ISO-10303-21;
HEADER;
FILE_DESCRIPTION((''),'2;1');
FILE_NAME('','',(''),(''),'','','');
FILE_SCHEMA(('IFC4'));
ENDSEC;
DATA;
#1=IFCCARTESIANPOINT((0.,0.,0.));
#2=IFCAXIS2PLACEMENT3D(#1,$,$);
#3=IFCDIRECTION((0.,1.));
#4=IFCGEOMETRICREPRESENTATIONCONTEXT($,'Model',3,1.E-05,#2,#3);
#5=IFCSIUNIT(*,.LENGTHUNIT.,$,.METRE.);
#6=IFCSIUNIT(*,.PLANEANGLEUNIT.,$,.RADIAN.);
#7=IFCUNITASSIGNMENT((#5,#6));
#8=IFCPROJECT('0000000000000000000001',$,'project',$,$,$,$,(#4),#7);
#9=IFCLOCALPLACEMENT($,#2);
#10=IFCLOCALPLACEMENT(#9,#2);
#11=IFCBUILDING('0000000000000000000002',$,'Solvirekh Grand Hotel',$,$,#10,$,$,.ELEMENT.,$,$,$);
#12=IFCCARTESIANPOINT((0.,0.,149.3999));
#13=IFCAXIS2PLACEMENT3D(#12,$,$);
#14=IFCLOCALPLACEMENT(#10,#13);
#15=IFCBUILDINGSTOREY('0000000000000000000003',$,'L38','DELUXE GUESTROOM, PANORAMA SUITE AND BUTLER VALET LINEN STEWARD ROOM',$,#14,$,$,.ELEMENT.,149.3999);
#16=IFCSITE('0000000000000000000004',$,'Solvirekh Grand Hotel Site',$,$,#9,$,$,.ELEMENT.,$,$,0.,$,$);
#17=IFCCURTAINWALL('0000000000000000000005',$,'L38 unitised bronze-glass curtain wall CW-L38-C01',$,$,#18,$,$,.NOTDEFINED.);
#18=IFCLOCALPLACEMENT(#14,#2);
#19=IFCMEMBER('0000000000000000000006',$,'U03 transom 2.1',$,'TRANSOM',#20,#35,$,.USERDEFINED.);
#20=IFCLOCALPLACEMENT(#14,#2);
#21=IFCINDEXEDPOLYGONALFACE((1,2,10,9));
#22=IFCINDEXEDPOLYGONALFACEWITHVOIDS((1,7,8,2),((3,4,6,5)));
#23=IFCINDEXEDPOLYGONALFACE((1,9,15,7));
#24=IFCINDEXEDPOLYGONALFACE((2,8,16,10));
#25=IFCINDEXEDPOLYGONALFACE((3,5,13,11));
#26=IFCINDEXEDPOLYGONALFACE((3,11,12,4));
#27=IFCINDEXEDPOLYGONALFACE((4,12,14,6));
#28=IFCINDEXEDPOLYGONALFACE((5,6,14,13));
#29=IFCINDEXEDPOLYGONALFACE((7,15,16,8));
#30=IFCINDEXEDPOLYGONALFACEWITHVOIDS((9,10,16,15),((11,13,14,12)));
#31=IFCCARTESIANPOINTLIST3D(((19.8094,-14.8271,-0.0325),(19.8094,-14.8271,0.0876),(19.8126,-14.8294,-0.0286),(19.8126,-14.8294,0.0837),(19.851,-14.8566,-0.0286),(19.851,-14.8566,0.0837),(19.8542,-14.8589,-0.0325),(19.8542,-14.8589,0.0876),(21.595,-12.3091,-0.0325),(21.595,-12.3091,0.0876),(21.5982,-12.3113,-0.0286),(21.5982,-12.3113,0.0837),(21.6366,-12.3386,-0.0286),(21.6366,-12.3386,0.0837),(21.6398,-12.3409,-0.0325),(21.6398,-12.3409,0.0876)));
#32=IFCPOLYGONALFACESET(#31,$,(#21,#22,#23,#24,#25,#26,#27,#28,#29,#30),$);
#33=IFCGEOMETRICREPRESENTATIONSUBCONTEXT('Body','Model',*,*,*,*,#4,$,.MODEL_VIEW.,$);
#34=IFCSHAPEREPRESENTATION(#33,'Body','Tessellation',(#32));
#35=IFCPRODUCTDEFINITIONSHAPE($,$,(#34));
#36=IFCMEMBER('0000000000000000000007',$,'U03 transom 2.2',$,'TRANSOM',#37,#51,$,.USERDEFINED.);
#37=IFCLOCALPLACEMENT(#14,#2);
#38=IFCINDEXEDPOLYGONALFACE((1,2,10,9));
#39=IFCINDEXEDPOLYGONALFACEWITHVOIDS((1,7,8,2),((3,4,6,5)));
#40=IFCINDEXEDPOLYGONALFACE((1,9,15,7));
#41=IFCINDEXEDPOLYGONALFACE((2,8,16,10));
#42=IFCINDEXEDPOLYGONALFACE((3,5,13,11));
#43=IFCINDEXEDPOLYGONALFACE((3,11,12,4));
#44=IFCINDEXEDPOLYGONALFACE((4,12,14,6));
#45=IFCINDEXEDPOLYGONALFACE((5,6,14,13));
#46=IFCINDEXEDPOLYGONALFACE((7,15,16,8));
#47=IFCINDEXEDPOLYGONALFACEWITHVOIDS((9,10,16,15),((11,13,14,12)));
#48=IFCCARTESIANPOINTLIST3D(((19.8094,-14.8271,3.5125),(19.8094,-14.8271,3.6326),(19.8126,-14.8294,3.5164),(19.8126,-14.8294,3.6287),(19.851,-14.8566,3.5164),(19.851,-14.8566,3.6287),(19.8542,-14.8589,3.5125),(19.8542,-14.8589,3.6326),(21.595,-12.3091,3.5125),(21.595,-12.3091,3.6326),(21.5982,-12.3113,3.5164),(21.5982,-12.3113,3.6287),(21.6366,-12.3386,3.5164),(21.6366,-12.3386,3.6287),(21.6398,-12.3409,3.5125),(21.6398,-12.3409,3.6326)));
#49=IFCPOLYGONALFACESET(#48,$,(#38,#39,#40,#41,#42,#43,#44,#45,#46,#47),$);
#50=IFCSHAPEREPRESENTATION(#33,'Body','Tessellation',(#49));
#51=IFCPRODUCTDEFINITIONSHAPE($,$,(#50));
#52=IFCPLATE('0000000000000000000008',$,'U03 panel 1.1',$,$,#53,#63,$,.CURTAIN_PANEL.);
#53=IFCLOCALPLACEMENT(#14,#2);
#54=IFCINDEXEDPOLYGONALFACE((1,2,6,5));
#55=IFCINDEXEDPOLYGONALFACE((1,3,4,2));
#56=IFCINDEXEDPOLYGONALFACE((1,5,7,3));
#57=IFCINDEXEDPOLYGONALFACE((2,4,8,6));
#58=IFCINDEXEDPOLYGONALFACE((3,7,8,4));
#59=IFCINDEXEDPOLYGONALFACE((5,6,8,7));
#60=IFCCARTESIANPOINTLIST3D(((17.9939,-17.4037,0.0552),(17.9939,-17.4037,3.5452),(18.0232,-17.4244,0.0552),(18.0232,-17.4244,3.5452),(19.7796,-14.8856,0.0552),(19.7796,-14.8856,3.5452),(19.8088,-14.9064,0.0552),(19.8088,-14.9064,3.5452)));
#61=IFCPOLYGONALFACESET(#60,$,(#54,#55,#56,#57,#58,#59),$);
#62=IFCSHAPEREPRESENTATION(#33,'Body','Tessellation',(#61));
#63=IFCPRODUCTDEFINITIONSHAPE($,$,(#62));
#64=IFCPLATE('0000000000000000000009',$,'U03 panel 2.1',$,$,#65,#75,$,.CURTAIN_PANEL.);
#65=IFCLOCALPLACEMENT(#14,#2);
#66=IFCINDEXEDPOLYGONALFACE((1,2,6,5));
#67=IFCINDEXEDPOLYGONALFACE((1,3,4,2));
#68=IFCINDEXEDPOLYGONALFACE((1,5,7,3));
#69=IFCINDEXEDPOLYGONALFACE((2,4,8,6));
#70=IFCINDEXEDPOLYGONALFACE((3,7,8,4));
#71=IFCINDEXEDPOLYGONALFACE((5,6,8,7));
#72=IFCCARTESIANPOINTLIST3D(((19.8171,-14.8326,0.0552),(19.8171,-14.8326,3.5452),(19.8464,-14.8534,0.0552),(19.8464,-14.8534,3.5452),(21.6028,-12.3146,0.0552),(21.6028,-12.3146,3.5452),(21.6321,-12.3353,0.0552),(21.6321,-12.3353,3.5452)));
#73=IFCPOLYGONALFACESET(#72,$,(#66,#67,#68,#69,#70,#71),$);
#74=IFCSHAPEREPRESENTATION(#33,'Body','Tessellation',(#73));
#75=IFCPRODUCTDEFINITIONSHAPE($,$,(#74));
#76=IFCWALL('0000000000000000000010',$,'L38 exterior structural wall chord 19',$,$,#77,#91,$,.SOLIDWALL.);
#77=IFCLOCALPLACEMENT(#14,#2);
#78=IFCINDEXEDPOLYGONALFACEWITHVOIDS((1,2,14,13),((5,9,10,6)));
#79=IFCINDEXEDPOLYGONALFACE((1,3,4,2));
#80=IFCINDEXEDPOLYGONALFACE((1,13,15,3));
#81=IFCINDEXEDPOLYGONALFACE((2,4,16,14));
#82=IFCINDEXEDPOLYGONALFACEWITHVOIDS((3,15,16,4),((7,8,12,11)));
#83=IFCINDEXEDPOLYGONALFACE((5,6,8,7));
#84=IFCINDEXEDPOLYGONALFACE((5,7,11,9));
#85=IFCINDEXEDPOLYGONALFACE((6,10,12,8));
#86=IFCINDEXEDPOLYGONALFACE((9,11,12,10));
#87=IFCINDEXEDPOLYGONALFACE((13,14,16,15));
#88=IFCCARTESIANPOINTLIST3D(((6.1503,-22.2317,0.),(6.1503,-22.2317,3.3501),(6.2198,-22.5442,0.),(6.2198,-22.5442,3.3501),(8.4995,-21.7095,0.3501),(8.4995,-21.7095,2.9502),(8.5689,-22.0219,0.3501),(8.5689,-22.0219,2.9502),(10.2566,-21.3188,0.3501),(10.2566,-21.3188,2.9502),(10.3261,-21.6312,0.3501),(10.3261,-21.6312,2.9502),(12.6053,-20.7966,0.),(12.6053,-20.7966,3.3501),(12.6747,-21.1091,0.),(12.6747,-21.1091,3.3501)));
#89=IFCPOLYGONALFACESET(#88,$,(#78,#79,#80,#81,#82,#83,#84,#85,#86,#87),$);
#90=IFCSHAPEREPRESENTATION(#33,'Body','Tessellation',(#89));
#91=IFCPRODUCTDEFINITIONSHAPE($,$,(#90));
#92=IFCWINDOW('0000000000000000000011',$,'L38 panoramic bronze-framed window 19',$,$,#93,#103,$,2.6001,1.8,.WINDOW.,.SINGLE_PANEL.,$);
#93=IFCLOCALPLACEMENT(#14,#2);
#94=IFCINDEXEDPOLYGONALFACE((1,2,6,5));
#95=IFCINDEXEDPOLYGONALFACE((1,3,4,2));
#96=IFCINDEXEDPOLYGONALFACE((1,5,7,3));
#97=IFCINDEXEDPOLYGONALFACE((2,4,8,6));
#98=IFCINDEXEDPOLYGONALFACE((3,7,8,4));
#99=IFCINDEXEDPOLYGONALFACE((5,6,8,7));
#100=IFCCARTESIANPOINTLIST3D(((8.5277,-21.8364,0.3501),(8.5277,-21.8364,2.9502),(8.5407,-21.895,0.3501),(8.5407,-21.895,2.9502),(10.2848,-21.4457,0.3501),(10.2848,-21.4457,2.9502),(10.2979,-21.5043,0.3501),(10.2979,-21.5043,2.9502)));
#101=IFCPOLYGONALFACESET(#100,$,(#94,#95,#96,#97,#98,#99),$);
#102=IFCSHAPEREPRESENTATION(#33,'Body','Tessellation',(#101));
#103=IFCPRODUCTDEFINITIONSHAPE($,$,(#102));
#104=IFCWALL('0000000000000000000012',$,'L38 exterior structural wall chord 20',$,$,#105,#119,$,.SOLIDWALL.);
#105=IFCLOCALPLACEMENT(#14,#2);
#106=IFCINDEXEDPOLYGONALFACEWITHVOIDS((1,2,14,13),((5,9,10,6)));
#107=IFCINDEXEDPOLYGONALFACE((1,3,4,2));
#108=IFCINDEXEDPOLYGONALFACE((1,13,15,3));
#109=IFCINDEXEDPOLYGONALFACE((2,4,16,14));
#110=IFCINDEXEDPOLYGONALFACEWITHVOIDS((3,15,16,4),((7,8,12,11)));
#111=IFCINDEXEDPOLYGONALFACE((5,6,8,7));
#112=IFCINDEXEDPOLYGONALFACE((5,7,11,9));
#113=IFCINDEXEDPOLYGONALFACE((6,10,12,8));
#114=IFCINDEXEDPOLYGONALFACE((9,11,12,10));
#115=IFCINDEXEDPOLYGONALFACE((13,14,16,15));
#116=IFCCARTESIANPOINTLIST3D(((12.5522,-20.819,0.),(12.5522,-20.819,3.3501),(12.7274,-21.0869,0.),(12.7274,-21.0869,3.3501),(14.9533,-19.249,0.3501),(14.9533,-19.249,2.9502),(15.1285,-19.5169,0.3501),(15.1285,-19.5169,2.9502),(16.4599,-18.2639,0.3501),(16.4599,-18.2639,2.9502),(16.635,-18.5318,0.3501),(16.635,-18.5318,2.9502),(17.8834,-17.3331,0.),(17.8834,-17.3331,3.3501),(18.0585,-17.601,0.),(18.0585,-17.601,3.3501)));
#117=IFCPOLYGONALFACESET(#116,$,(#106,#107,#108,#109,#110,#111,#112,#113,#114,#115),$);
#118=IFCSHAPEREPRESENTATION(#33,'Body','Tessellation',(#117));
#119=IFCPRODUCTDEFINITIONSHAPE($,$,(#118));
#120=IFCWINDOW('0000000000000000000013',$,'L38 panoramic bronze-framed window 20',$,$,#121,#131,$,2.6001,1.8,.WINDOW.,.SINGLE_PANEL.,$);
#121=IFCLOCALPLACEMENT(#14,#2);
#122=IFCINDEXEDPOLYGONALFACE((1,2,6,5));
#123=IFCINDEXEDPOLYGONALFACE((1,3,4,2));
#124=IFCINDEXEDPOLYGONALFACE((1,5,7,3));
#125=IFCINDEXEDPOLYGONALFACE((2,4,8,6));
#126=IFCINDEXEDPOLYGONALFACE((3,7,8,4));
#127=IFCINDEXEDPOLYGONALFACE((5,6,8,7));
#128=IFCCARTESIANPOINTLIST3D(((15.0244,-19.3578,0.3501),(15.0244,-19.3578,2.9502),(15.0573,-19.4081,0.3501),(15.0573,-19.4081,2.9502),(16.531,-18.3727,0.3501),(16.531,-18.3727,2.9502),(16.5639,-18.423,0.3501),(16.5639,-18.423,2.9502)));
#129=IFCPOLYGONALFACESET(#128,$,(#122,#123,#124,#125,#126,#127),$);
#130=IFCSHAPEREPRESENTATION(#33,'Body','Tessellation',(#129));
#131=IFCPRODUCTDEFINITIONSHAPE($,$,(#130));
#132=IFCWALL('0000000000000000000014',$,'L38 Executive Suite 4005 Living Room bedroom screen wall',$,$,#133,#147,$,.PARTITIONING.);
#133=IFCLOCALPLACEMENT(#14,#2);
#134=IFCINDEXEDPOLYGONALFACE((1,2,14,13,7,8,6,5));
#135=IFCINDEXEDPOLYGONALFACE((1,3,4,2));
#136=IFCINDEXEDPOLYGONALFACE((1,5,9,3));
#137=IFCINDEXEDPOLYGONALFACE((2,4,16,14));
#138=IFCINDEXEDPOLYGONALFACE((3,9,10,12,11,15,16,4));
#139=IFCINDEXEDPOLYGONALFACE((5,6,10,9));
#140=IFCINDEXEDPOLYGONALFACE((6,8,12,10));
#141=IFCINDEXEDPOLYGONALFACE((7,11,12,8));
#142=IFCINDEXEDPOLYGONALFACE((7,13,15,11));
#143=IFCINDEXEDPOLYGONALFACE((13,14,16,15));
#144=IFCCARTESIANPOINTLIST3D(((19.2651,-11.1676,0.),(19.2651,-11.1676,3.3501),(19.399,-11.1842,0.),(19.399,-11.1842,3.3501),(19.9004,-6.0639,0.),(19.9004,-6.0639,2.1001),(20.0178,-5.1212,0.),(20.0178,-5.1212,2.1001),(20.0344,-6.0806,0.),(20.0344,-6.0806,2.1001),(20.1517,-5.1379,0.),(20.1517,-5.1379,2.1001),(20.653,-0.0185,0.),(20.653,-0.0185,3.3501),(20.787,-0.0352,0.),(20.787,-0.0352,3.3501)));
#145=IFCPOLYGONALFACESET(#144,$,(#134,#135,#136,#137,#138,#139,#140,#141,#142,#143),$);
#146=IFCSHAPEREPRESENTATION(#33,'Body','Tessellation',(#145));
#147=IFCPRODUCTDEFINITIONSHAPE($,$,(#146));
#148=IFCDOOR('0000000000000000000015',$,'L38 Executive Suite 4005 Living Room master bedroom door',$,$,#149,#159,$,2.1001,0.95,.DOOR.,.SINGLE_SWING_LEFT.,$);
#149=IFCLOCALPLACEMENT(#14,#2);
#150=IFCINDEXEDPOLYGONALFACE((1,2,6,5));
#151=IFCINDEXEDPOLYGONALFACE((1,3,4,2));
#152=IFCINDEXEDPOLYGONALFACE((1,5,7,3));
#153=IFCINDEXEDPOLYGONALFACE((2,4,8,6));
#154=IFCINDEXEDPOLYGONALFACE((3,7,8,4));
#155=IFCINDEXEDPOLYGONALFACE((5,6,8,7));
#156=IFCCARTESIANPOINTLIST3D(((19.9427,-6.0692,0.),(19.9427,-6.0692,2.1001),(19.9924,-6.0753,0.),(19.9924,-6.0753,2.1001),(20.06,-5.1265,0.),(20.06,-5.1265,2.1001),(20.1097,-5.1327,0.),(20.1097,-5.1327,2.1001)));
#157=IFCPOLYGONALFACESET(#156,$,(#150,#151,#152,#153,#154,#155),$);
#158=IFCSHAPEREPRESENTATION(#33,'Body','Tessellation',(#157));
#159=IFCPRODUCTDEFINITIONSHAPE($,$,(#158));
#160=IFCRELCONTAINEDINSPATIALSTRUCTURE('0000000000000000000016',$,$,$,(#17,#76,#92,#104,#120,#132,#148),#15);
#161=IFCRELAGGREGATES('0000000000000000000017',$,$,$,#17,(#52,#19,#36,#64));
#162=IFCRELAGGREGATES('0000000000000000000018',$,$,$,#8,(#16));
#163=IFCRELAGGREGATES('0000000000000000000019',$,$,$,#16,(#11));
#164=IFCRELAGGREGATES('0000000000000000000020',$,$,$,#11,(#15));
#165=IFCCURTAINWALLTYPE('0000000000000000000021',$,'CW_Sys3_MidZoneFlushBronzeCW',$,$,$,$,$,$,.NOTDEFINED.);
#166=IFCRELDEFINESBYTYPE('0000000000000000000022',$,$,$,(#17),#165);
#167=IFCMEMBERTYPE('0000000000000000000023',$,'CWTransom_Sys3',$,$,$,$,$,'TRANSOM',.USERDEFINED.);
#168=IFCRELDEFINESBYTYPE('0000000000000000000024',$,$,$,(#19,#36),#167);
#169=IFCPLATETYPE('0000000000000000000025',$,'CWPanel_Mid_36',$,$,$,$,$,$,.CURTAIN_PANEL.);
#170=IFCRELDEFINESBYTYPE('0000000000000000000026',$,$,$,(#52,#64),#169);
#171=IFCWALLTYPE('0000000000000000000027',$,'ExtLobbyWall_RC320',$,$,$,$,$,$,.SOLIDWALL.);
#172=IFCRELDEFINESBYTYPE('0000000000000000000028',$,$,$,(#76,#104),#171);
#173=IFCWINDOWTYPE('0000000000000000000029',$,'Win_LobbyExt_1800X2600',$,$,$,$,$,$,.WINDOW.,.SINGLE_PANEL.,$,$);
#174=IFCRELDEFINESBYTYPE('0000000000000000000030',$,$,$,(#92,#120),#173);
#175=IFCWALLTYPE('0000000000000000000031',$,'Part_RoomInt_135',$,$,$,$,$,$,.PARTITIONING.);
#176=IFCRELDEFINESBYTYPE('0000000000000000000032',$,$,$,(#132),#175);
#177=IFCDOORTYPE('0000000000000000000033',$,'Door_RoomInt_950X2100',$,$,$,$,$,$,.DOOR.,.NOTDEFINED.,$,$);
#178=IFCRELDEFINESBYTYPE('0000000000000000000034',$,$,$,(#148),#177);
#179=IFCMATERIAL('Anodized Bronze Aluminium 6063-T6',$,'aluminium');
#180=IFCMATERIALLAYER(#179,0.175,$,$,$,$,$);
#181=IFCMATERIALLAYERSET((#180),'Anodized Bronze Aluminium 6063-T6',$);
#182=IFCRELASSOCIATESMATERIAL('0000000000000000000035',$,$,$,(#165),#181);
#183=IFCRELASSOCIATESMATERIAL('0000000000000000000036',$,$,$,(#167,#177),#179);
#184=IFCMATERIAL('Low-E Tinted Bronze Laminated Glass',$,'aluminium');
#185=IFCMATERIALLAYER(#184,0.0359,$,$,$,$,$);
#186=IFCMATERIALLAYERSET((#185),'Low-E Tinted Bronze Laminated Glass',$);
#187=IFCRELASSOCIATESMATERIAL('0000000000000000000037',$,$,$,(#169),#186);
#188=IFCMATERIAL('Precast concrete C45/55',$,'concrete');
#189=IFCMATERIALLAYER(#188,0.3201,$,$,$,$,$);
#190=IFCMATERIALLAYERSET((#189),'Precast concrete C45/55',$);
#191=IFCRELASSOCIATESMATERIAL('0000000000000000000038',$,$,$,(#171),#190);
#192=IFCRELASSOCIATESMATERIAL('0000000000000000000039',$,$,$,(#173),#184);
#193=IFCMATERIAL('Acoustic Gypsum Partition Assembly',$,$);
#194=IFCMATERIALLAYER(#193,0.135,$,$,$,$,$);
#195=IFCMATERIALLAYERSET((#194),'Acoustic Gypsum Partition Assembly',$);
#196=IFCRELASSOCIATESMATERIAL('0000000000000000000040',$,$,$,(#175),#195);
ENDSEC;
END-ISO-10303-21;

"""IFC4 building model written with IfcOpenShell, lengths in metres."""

from ifc_helpers import new_model, si_unit, direction, frame, frame_2d, origin, origin_2d, place, context, subcontext, project, spatial, rectangle, hollow_rectangle, extrude, source, transform, mapped, material, layer, layer_set, material_profile, profile_set, type_object, element, fill, aggregate, save


model = new_model("IFC4")

# Units and contexts
model_context = context("Model", 3, precision=1e-05, world=origin(), true_north=direction((0.0, 1.0)))
body_context = subcontext(model_context, "Body", "Model", "MODEL_VIEW")
ifc_project = project(units=[si_unit("LENGTHUNIT", "METRE"), si_unit("PLANEANGLEUNIT", "RADIAN")], contexts=[model_context])

# Site, building, storey
site_placement = place(None, origin())
site = spatial("IfcSite", under=ifc_project, at=site_placement, Name="Solvirekh Grand Hotel Site", CompositionType="ELEMENT", RefElevation=0.0)
building_placement = place(site_placement, origin())
building = spatial("IfcBuilding", under=site, at=building_placement, Name="Solvirekh Grand Hotel", CompositionType="ELEMENT")
storey_placement = place(building_placement, frame((0.0, 0.0, 149.3999)))
storey = spatial("IfcBuildingStorey", under=building, at=storey_placement, Name="L38", Description="DELUXE GUESTROOM, PANORAMA SUITE AND BUTLER VALET LINEN STEWARD ROOM", CompositionType="ELEMENT", Elevation=149.3999)

# Curtain wall, members, plates
ifc_material_1 = material(Name="Anodized Bronze Aluminium 6063-T6", Category="aluminium")
ifc_layer_1 = layer(ifc_material_1, 0.175)
ifc_layer_set_1 = layer_set([ifc_layer_1], Name="Anodized Bronze Aluminium 6063-T6")
curtain_wall_type = type_object("IfcCurtainWallType", Name="CW_Sys3_MidZoneFlushBronzeCW", PredefinedType="NOTDEFINED", material=ifc_layer_set_1)
curtain_wall_placement = place(storey_placement, origin())
curtain_wall = element("IfcCurtainWall", 1, at=curtain_wall_placement, inside=storey, type_object=curtain_wall_type, Name="L38 unitised bronze-glass curtain wall CW-L38-C01", PredefinedType="NOTDEFINED")
ifc_material_profile_1 = material_profile(ifc_material_1, hollow_rectangle(XDim=0.0549, YDim=0.1201, WallThickness=0.0039, at=origin_2d()), Name="ALU RHS 120X55X4")
ifc_profile_set_1 = profile_set([ifc_material_profile_1], Name="Anodized Bronze Aluminium 6063-T6")
member_type_1 = type_object("IfcMemberType", Name="CWTransom_Sys3", ElementType="TRANSOM", PredefinedType="USERDEFINED", material=ifc_profile_set_1)
shared_shape_1 = source(origin(), body_context, "Body", "SweptSolid", [
    extrude(hollow_rectangle(XDim=0.0549, YDim=0.1201, WallThickness=0.0039, at=origin_2d()), origin(), (0.0, 0.0, 1.0), 3.0869),
])
member_1_placement = place(storey_placement, frame((19.8318, -14.843, 0.0276), z_axis=(0.578452, 0.815717, 0.0), x_axis=(-0.815717, 0.578452, 0.0)))
member_1 = element("IfcMember", 2, at=member_1_placement, type_object=member_type_1, Name="U03 transom 2.1", ObjectType="TRANSOM", PredefinedType="USERDEFINED", context=body_context, shape_type="MappedRepresentation", body=[
    mapped(shared_shape_1, transform((0.0, 0.0, 0.0), x_axis=(1.0, 0.0, 0.0), y_axis=(0.0, 1.0, 0.0), z_axis=(0.0, 0.0, 1.0), scale=1.0)),
])
member_2_placement = place(storey_placement, frame((19.8318, -14.843, 3.5725), z_axis=(0.578452, 0.815717, 0.0), x_axis=(-0.815717, 0.578452, 0.0)))
member_2 = element("IfcMember", 3, at=member_2_placement, type_object=member_type_1, Name="U03 transom 2.2", ObjectType="TRANSOM", PredefinedType="USERDEFINED", context=body_context, shape_type="MappedRepresentation", body=[
    mapped(shared_shape_1, transform((0.0, 0.0, 0.0), x_axis=(1.0, 0.0, 0.0), y_axis=(0.0, 1.0, 0.0), z_axis=(0.0, 0.0, 1.0), scale=1.0)),
])
ifc_material_2 = material(Name="Low-E Tinted Bronze Laminated Glass", Category="aluminium")
ifc_layer_2 = layer(ifc_material_2, 0.0359)
ifc_layer_set_2 = layer_set([ifc_layer_2], Name="Low-E Tinted Bronze Laminated Glass")
plate_type = type_object("IfcPlateType", Name="CWPanel_Mid_36", PredefinedType="CURTAIN_PANEL", material=ifc_layer_set_2)
shared_shape_2 = source(origin(), body_context, "Body", "SweptSolid", [
    extrude(rectangle(XDim=3.0869, YDim=0.0359, at=origin_2d()), origin(), (0.0, 0.0, 1.0), 3.49),
])
plate_1_placement = place(storey_placement, frame((18.9014, -16.155, 0.0552), z_axis=(0.0, 0.0, 1.0), x_axis=(0.578457, 0.815713, 0.0)))
plate_1 = element("IfcPlate", 4, at=plate_1_placement, type_object=plate_type, Name="U03 panel 1.1", PredefinedType="CURTAIN_PANEL", context=body_context, shape_type="MappedRepresentation", body=[
    mapped(shared_shape_2, transform((0.0, 0.0, 0.0), x_axis=(1.0, 0.0, 0.0), y_axis=(0.0, 1.0, 0.0), z_axis=(0.0, 0.0, 1.0), scale=1.0)),
])
plate_2_placement = place(storey_placement, frame((20.7246, -13.584, 0.0552), z_axis=(0.0, 0.0, 1.0), x_axis=(0.578457, 0.815713, 0.0)))
plate_2 = element("IfcPlate", 5, at=plate_2_placement, type_object=plate_type, Name="U03 panel 2.1", PredefinedType="CURTAIN_PANEL", context=body_context, shape_type="MappedRepresentation", body=[
    mapped(shared_shape_2, transform((0.0, 0.0, 0.0), x_axis=(1.0, 0.0, 0.0), y_axis=(0.0, 1.0, 0.0), z_axis=(0.0, 0.0, 1.0), scale=1.0)),
])
aggregate(curtain_wall, [plate_1, member_1, member_2, plate_2])

# Walls, openings, windows
ifc_material_3 = material(Name="Precast concrete C45/55", Category="concrete")
ifc_layer_3 = layer(ifc_material_3, 0.3201)
ifc_layer_set_3 = layer_set([ifc_layer_3], Name="Precast concrete C45/55")
wall_type_1 = type_object("IfcWallType", Name="ExtLobbyWall_RC320", PredefinedType="SOLIDWALL", material=ifc_layer_set_3)
wall_1_placement = place(storey_placement, frame((12.6399, -20.9529, 0.0), z_axis=(0.0, 0.0, 1.0), x_axis=(-0.976166, -0.217024, 0.0)))
wall_1 = element("IfcWall", 6, at=wall_1_placement, inside=storey, type_object=wall_type_1, Name="L38 exterior structural wall chord 19", PredefinedType="SOLIDWALL", context=body_context, shape_type="SweptSolid", body=[
    extrude(rectangle(XDim=6.6125, YDim=0.3201, at=frame_2d((3.3062, 0.0))), origin(), (0.0, 0.0, 1.0), 3.3501),
])
opening_1_placement = place(wall_1_placement, frame((2.406, 0.0, 0.3501)))
opening_1 = element("IfcOpeningElement", 7, at=opening_1_placement, cuts=wall_1, PredefinedType="OPENING", context=body_context, shape_type="SweptSolid", body=[
    extrude(rectangle(XDim=1.8, YDim=2.6001, at=frame_2d((0.8999, 1.3))), frame((0.0, 0.1699, 0.0), z_axis=(0.0, -1.0, 0.0), x_axis=(1.0, 0.0, 0.0)), (0.0, 0.0, 1.0), 0.3401),
])
window_type = type_object("IfcWindowType", Name="Win_LobbyExt_1800X2600", PartitioningType="SINGLE_PANEL", PredefinedType="WINDOW", material=ifc_material_2)
window_1_placement = place(opening_1_placement, origin())
window_1 = element("IfcWindow", 8, at=window_1_placement, inside=storey, type_object=window_type, Name="L38 panoramic bronze-framed window 19", OverallHeight=2.6001, OverallWidth=1.8, PartitioningType="SINGLE_PANEL", PredefinedType="WINDOW", context=body_context, shape_type="SweptSolid", body=[
    extrude(rectangle(XDim=1.8, YDim=2.6001, at=frame_2d((0.8999, 1.3))), frame((0.0, 0.03, 0.0), z_axis=(0.0, -1.0, 0.0), x_axis=(1.0, 0.0, 0.0)), (0.0, 0.0, 1.0), 0.0601),
])
fill(opening_1, window_1)
wall_2_placement = place(storey_placement, frame((17.9709, -17.467, 0.0), z_axis=(0.0, 0.0, 1.0), x_axis=(-0.836959, -0.547266, 0.0)))
wall_2 = element("IfcWall", 9, at=wall_2_placement, inside=storey, type_object=wall_type_1, Name="L38 exterior structural wall chord 20", PredefinedType="SOLIDWALL", context=body_context, shape_type="SweptSolid", body=[
    extrude(rectangle(XDim=6.3696, YDim=0.3201, at=frame_2d((3.1848, 0.0))), origin(), (0.0, 0.0, 1.0), 3.3501),
])
opening_2_placement = place(wall_2_placement, frame((1.7009, 0.0, 0.3501)))
opening_2 = element("IfcOpeningElement", 10, at=opening_2_placement, cuts=wall_2, PredefinedType="OPENING", context=body_context, shape_type="SweptSolid", body=[
    extrude(rectangle(XDim=1.8, YDim=2.6001, at=frame_2d((0.8999, 1.3))), frame((0.0, 0.1699, 0.0), z_axis=(0.0, -1.0, 0.0), x_axis=(1.0, 0.0, 0.0)), (0.0, 0.0, 1.0), 0.3401),
])
window_2_placement = place(opening_2_placement, origin())
window_2 = element("IfcWindow", 11, at=window_2_placement, inside=storey, type_object=window_type, Name="L38 panoramic bronze-framed window 20", OverallHeight=2.6001, OverallWidth=1.8, PartitioningType="SINGLE_PANEL", PredefinedType="WINDOW", context=body_context, shape_type="SweptSolid", body=[
    extrude(rectangle(XDim=1.8, YDim=2.6001, at=frame_2d((0.8999, 1.3))), frame((0.0, 0.03, 0.0), z_axis=(0.0, -1.0, 0.0), x_axis=(1.0, 0.0, 0.0)), (0.0, 0.0, 1.0), 0.0601),
])
fill(opening_2, window_2)

# Wall, opening, door
ifc_material_4 = material(Name="Acoustic Gypsum Partition Assembly")
ifc_layer_4 = layer(ifc_material_4, 0.135)
ifc_layer_set_4 = layer_set([ifc_layer_4], Name="Acoustic Gypsum Partition Assembly")
wall_type_2 = type_object("IfcWallType", Name="Part_RoomInt_135", PredefinedType="PARTITIONING", material=ifc_layer_set_4)
wall_3_placement = place(storey_placement, frame((19.332, -11.176, 0.0), z_axis=(0.0, 0.0, 1.0), x_axis=(0.123537, 0.99234, 0.0)))
wall_3 = element("IfcWall", 12, at=wall_3_placement, inside=storey, type_object=wall_type_2, Name="L38 Executive Suite 4005 Living Room bedroom screen wall", PredefinedType="PARTITIONING", context=body_context, shape_type="SweptSolid", body=[
    extrude(rectangle(XDim=11.2351, YDim=0.135, at=frame_2d((5.6177, 0.0))), origin(), (0.0, 0.0, 1.0), 3.3501),
])
opening_3_placement = place(wall_3_placement, frame((5.1431, 0.0, 0.0)))
opening_3 = element("IfcOpeningElement", 13, at=opening_3_placement, cuts=wall_3, PredefinedType="OPENING", context=body_context, shape_type="SweptSolid", body=[
    extrude(rectangle(XDim=0.95, YDim=2.1001, at=frame_2d((0.4751, 1.05))), frame((0.0, 0.0776, 0.0), z_axis=(0.0, -1.0, 0.0), x_axis=(1.0, 0.0, 0.0)), (0.0, 0.0, 1.0), 0.155),
])
door_type = type_object("IfcDoorType", Name="Door_RoomInt_950X2100", OperationType="NOTDEFINED", PredefinedType="DOOR", material=ifc_material_1)
door_placement = place(opening_3_placement, origin())
door = element("IfcDoor", 14, at=door_placement, inside=storey, type_object=door_type, Name="L38 Executive Suite 4005 Living Room master bedroom door", OperationType="SINGLE_SWING_LEFT", OverallHeight=2.1001, OverallWidth=0.95, PredefinedType="DOOR", context=body_context, shape_type="SweptSolid", body=[
    extrude(rectangle(XDim=0.95, YDim=2.1001, at=frame_2d((0.4751, 1.05))), frame((0.0, 0.0249, 0.0), z_axis=(0.0, -1.0, 0.0), x_axis=(1.0, 0.0, 0.0)), (0.0, 0.0, 1.0), 0.05),
])
fill(opening_3, door)

save(model, "model.ifc")
